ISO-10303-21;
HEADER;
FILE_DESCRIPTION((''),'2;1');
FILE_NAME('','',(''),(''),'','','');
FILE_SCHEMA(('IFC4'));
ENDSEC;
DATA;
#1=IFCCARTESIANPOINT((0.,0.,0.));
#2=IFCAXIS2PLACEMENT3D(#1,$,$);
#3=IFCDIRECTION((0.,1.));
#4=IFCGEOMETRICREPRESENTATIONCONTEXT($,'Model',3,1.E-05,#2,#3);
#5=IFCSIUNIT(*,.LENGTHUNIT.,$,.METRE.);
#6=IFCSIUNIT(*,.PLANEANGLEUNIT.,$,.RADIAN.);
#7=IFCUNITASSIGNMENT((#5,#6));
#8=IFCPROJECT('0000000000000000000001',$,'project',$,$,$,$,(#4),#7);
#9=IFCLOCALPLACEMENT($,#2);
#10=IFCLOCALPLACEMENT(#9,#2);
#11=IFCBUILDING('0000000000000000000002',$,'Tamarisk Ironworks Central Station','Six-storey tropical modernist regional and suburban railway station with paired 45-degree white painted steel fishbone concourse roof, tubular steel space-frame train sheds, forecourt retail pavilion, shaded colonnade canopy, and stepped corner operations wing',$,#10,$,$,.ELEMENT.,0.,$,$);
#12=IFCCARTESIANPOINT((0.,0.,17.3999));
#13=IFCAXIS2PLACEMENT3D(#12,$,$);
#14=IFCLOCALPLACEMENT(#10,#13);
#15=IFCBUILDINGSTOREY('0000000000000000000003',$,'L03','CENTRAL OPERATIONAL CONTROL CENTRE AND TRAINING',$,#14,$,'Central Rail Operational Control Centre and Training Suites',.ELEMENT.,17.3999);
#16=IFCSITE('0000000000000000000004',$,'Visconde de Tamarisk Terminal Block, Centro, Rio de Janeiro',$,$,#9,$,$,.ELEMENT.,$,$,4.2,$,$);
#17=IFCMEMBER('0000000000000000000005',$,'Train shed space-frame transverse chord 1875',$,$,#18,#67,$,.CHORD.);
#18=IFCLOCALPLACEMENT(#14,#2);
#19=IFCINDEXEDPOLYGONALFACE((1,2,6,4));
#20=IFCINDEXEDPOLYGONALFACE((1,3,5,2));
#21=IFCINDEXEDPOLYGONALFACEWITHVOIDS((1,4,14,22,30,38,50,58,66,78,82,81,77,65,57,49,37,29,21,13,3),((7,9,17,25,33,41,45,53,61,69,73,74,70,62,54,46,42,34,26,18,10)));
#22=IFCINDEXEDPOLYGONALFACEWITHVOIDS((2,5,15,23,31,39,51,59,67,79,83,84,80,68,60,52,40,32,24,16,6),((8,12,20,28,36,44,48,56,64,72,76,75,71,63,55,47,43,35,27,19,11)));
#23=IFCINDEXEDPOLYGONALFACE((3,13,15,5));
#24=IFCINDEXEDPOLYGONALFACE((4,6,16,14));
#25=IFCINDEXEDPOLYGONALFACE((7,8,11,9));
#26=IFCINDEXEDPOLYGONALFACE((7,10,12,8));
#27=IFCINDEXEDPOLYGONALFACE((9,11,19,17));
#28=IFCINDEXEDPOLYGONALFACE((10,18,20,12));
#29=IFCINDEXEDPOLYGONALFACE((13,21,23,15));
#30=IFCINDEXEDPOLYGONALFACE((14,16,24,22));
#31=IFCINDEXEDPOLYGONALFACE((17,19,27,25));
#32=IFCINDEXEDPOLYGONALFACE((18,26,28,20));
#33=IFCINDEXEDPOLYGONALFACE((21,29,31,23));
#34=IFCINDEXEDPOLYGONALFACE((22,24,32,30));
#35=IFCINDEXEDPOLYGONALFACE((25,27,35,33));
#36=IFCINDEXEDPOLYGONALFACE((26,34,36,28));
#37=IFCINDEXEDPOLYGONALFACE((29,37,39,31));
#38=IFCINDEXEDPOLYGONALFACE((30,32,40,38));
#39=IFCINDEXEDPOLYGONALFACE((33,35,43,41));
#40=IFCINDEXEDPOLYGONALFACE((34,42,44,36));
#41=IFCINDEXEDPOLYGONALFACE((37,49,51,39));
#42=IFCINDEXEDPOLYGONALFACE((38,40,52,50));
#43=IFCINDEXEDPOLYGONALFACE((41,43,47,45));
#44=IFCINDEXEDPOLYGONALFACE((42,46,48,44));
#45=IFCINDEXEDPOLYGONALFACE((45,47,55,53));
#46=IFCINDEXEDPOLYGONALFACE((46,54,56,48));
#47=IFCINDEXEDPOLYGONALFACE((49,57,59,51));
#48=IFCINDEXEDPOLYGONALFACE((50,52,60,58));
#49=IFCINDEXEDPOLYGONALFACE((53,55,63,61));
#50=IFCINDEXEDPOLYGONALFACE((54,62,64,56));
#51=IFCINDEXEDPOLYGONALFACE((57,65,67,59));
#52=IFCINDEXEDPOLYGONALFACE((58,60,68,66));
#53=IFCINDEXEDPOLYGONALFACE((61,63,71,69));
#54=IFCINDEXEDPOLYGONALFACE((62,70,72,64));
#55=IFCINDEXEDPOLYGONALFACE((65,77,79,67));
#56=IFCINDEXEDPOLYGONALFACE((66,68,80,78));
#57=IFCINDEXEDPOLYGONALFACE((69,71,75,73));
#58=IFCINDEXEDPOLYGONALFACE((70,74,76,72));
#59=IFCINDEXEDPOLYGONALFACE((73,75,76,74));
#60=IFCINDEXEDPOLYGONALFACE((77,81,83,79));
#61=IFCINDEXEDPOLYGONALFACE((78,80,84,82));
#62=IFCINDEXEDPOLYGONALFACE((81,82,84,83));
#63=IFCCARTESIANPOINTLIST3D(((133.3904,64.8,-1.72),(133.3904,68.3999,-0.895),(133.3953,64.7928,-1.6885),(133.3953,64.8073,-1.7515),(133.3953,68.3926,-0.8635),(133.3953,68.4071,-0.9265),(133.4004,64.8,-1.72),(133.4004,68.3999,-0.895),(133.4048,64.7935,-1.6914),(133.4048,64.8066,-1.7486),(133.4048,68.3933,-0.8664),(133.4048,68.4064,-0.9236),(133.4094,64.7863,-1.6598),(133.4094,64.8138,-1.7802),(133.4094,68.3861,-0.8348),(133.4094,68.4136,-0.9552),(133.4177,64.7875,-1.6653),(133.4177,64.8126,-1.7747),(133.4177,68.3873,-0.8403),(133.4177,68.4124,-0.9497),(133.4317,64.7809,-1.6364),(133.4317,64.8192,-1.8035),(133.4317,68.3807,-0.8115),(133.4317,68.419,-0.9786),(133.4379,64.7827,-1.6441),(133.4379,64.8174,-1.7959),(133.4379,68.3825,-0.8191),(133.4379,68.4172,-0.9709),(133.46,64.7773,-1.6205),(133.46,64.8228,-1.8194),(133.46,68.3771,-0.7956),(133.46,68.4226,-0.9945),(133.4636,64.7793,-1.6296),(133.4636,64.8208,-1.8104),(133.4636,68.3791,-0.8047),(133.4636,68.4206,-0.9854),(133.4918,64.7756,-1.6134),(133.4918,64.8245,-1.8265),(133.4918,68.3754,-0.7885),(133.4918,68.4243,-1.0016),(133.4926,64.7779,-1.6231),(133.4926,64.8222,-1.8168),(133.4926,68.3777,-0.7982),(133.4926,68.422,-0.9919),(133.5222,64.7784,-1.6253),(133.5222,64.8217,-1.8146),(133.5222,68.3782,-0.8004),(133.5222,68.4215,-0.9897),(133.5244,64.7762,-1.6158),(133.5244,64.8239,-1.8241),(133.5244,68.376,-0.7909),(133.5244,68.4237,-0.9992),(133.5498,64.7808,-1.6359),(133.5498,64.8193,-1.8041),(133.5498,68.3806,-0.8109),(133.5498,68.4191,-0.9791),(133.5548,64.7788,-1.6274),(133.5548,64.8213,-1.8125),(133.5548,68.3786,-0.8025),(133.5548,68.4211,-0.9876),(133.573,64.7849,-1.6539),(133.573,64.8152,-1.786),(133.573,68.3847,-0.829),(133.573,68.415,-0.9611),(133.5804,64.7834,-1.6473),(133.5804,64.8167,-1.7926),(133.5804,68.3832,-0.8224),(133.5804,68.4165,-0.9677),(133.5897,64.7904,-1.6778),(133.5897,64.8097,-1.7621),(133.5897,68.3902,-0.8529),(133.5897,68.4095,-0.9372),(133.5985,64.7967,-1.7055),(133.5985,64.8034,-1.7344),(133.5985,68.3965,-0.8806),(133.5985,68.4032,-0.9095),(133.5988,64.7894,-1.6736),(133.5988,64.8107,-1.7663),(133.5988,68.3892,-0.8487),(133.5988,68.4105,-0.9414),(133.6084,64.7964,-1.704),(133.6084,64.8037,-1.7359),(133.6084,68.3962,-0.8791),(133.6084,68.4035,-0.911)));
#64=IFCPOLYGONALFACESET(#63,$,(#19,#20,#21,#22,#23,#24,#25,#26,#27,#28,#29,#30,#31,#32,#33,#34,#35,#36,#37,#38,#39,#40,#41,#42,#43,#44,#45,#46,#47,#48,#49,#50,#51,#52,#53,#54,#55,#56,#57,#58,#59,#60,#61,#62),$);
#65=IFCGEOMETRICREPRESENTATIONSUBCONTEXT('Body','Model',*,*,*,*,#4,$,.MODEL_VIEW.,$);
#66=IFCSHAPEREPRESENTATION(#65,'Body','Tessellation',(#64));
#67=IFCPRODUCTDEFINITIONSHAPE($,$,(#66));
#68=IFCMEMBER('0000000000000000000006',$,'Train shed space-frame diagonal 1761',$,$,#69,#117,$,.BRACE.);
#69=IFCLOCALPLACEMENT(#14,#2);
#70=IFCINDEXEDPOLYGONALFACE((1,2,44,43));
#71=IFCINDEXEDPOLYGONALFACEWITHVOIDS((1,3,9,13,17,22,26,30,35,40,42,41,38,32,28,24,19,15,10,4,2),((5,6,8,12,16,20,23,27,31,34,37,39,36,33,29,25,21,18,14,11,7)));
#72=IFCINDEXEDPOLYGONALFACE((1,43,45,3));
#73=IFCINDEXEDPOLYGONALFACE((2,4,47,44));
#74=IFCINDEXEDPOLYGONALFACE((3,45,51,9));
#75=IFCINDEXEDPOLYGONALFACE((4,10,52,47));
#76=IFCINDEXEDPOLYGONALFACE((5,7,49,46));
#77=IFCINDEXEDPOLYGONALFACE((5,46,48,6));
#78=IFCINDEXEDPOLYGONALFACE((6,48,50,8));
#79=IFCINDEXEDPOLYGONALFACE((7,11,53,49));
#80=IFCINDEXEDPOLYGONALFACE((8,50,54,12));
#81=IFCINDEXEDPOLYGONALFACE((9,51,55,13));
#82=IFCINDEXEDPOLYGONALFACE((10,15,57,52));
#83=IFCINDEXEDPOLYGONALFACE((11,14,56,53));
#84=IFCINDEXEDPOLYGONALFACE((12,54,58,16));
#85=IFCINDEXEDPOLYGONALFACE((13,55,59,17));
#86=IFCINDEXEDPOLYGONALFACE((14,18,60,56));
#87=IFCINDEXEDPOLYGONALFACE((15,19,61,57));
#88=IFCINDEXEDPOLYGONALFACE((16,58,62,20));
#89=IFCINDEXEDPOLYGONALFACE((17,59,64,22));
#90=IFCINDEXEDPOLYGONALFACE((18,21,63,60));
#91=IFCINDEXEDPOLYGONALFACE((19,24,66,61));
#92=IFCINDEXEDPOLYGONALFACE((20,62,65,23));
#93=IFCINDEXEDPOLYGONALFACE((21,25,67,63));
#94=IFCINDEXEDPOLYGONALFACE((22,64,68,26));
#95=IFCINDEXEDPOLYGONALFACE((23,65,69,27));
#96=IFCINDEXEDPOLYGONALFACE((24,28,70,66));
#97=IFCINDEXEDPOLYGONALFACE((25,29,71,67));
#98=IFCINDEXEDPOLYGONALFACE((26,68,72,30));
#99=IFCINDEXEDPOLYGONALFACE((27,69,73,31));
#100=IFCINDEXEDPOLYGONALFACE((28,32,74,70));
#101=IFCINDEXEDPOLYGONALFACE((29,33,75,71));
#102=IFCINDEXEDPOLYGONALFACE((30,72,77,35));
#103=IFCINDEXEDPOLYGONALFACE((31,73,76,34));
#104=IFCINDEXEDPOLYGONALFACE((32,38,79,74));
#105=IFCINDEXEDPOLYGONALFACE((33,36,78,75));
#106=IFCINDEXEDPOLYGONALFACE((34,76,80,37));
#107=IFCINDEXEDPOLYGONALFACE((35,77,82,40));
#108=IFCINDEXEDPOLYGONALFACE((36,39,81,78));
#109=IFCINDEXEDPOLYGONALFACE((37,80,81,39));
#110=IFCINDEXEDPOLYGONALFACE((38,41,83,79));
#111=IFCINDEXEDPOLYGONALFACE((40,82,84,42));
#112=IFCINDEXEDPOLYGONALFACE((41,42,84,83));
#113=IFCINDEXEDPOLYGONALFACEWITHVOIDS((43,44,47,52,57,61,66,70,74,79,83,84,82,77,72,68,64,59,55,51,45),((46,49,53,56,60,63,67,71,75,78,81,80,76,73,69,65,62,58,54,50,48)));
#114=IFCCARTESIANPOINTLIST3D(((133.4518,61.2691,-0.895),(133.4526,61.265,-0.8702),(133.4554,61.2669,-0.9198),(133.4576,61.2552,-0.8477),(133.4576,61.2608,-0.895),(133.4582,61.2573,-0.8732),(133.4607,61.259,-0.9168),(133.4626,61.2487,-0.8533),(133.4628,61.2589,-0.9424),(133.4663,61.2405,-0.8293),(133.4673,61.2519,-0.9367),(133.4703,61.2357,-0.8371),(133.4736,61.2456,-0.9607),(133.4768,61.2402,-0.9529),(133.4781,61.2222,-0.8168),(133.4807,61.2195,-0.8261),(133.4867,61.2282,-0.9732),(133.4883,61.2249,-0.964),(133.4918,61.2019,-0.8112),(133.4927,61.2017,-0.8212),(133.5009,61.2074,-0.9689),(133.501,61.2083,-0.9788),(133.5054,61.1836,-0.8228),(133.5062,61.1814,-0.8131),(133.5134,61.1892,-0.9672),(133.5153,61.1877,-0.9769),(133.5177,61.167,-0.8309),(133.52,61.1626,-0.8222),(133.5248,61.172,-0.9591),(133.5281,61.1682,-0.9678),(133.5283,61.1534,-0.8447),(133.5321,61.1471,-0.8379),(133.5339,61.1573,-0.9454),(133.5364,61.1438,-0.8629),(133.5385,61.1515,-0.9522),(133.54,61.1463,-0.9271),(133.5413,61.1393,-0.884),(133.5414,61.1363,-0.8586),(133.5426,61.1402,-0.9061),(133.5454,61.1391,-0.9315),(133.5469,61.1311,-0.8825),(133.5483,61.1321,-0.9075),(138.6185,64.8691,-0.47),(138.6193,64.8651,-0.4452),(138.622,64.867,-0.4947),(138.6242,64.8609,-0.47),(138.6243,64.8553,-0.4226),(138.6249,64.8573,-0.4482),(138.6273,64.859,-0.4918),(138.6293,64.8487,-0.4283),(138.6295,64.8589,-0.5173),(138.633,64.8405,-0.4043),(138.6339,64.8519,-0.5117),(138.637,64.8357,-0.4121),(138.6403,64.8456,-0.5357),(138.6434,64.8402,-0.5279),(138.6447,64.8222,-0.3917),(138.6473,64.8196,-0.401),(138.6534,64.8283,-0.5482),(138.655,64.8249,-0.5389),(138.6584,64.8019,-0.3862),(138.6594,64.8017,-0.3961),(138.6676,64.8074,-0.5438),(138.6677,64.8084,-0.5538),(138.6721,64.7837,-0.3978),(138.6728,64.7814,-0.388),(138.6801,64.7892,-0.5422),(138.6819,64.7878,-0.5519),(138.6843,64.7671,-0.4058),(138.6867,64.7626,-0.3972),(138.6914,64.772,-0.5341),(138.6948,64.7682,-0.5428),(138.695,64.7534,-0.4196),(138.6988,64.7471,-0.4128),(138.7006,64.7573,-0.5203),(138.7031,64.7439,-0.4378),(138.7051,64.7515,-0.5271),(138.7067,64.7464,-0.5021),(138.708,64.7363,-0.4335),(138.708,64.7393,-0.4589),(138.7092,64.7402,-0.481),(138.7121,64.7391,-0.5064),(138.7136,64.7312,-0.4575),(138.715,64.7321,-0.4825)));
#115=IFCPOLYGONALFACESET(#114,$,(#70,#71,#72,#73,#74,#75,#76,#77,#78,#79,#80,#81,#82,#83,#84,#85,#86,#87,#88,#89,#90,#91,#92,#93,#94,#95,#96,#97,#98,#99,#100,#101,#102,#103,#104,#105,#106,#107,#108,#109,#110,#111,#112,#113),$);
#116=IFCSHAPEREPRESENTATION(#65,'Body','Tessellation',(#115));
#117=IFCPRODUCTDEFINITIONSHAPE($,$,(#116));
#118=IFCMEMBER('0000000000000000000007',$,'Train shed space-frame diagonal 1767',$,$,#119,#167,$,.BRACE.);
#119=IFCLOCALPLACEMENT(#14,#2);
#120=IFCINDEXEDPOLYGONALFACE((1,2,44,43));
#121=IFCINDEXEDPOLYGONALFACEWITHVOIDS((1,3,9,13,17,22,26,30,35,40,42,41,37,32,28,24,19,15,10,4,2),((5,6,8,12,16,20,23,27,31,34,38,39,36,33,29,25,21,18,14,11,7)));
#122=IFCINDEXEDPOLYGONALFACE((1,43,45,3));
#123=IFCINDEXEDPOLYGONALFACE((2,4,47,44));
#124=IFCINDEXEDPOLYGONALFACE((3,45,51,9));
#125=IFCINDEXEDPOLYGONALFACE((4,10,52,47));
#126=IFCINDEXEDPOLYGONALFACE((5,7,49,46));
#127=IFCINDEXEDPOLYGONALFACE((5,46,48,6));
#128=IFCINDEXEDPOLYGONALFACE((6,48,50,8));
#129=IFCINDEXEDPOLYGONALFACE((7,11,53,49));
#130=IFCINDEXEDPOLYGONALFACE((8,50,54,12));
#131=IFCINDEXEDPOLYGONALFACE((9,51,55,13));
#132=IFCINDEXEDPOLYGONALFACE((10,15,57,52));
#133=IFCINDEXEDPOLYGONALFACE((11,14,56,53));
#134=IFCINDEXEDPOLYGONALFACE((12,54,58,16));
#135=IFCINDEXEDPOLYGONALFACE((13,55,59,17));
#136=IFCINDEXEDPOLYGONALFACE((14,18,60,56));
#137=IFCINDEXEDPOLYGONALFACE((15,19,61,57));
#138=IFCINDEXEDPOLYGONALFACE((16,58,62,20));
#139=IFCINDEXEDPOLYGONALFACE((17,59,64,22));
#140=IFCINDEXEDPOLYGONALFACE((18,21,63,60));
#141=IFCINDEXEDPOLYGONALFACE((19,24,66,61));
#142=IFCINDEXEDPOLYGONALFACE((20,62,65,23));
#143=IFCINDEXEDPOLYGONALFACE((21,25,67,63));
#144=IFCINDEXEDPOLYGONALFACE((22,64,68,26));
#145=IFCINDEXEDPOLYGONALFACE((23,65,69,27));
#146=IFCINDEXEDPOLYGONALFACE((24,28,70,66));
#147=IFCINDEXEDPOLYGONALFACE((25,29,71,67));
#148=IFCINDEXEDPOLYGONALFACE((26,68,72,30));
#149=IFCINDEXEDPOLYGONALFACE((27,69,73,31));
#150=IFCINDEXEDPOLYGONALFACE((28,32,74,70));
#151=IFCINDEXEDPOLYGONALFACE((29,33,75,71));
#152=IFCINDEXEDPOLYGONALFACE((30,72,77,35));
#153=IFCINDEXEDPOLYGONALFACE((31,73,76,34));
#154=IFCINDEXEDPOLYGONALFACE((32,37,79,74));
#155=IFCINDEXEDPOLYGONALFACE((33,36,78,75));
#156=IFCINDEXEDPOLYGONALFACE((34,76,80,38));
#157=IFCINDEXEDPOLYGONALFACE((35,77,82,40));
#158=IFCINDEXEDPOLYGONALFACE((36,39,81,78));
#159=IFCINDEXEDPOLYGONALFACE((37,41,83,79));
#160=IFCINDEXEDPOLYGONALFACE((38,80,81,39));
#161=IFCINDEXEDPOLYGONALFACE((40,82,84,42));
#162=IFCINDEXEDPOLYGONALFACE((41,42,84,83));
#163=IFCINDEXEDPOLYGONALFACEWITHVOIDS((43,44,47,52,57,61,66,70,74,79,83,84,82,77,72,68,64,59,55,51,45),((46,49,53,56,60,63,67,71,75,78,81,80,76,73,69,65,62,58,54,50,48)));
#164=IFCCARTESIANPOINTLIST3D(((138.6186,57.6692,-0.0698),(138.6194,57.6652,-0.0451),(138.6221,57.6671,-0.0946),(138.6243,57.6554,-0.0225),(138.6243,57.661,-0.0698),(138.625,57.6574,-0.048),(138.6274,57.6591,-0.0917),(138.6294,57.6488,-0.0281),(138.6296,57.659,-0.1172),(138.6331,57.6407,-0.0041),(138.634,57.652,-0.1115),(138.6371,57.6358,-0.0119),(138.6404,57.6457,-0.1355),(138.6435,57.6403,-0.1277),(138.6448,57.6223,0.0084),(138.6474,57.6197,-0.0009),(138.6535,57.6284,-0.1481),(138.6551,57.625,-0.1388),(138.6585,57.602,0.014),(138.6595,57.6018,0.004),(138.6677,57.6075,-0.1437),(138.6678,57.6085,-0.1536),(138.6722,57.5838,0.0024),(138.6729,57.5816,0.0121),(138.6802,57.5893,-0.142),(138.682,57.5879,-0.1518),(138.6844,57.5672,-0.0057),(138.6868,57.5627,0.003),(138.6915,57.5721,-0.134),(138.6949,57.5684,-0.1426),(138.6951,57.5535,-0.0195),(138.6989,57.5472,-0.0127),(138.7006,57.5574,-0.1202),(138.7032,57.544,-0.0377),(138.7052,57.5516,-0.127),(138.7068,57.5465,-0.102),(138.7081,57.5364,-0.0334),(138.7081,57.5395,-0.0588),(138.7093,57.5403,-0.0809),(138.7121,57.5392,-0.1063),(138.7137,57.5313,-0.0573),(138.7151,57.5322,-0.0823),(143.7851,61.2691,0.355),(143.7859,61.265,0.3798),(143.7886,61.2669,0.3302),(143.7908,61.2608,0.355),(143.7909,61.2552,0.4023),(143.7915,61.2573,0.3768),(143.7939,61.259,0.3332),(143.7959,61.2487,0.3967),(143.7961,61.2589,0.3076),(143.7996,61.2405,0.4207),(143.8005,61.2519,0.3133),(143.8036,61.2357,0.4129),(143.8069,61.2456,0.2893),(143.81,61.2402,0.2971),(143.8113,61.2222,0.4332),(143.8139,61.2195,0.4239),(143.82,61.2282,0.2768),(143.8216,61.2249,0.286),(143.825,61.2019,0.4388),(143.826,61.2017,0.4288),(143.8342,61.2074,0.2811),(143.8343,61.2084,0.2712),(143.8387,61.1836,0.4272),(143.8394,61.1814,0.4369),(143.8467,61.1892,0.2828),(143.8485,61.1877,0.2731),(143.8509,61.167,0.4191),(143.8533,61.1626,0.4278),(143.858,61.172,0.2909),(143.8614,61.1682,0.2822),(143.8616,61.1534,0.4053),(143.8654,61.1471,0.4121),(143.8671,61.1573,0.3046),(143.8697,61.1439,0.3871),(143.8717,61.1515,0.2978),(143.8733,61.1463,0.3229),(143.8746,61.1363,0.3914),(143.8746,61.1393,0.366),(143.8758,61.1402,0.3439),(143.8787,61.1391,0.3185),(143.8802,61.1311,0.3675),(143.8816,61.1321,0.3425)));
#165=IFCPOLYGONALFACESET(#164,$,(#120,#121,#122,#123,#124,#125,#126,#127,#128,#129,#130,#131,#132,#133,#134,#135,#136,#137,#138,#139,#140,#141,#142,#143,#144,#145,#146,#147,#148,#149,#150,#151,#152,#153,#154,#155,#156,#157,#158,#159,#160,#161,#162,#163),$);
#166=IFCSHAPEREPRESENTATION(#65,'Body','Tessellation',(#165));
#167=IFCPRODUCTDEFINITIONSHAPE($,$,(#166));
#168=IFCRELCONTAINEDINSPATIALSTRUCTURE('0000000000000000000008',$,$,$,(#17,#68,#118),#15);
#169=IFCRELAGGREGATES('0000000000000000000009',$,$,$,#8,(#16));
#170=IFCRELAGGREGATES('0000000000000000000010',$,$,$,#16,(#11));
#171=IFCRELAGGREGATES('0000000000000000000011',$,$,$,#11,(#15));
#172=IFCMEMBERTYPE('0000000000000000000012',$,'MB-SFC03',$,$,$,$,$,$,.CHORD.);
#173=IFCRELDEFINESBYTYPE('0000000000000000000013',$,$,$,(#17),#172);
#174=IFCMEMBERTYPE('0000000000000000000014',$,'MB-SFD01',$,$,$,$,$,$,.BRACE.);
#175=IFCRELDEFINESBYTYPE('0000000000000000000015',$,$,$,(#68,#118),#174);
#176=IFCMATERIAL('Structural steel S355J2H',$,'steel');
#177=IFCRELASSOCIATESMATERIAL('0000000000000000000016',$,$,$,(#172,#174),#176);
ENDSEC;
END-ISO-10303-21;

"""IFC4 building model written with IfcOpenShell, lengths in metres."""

from ifc_helpers import new_model, si_unit, direction, frame, origin, origin_2d, place, context, subcontext, project, spatial, hollow_circle, extrude, material, material_profile, profile_set, type_object, element, save


model = new_model("IFC4")

# Units and contexts
model_context = context("Model", 3, precision=1e-05, world=origin(), true_north=direction((0.0, 1.0)))
body_context = subcontext(model_context, "Body", "Model", "MODEL_VIEW")
ifc_project = project(units=[si_unit("LENGTHUNIT", "METRE"), si_unit("PLANEANGLEUNIT", "RADIAN")], contexts=[model_context])

# Site, building, storey
site_placement = place(None, origin())
site = spatial("IfcSite", under=ifc_project, at=site_placement, Name="Visconde de Tamarisk Terminal Block, Centro, Rio de Janeiro", CompositionType="ELEMENT", RefElevation=4.2)
building_placement = place(site_placement, origin())
building = spatial("IfcBuilding", under=site, at=building_placement, Name="Tamarisk Ironworks Central Station", Description="Six-storey tropical modernist regional and suburban railway station with paired 45-degree white painted steel fishbone concourse roof, tubular steel space-frame train sheds, forecourt retail pavilion, shaded colonnade canopy, and stepped corner operations wing", CompositionType="ELEMENT", ElevationOfRefHeight=0.0)
storey_placement = place(building_placement, frame((0.0, 0.0, 17.3999)))
storey = spatial("IfcBuildingStorey", under=building, at=storey_placement, Name="L03", Description="CENTRAL OPERATIONAL CONTROL CENTRE AND TRAINING", LongName="Central Rail Operational Control Centre and Training Suites", CompositionType="ELEMENT", Elevation=17.3999)

# Members
ifc_material = material(Name="Structural steel S355J2H", Category="steel")
ifc_material_profile_1 = material_profile(ifc_material, hollow_circle(Radius=0.1096, WallThickness=0.01, at=origin_2d()), Name="CHS 219.1x10")
ifc_profile_set_1 = profile_set([ifc_material_profile_1], Name="Structural steel S355J2H")
member_type_1 = type_object("IfcMemberType", Name="MB-SFC03", PredefinedType="CHORD", material=ifc_profile_set_1)
member_1_placement = place(storey_placement, frame((133.5, 64.8, -1.72), z_axis=(0.0, 0.974733, 0.223372), x_axis=(-1.0, 0.0, 0.0)))
element("IfcMember", 1, at=member_1_placement, inside=storey, type_object=member_type_1, Name="Train shed space-frame transverse chord 1875", PredefinedType="CHORD", context=body_context, shape_type="SweptSolid", body=[
    extrude(hollow_circle(Radius=0.1096, WallThickness=0.01, at=origin_2d()), origin(), (0.0, 0.0, 1.0), 3.6931),
])
ifc_material_profile_2 = material_profile(ifc_material, hollow_circle(Radius=0.0842, WallThickness=0.01, at=origin_2d()), Name="CHS 168.3x10")
ifc_profile_set_2 = profile_set([ifc_material_profile_2], Name="Structural steel S355J2H")
member_type_2 = type_object("IfcMemberType", Name="MB-SFD01", PredefinedType="BRACE", material=ifc_profile_set_2)
member_2_placement = place(storey_placement, frame((133.5, 61.2, -0.895), z_axis=(0.818608, 0.570391, 0.067344), x_axis=(-0.571689, 0.82047, 0.0)))
element("IfcMember", 2, at=member_2_placement, inside=storey, type_object=member_type_2, Name="Train shed space-frame diagonal 1761", PredefinedType="BRACE", context=body_context, shape_type="SweptSolid", body=[
    extrude(hollow_circle(Radius=0.0842, WallThickness=0.01, at=origin_2d()), origin(), (0.0, 0.0, 1.0), 6.3115),
])
member_3_placement = place(storey_placement, frame((138.6667, 57.6001, -0.0698), z_axis=(0.818615, 0.570385, 0.067309), x_axis=(-0.571681, 0.820476, 0.0)))
element("IfcMember", 3, at=member_3_placement, inside=storey, type_object=member_type_2, Name="Train shed space-frame diagonal 1767", PredefinedType="BRACE", context=body_context, shape_type="SweptSolid", body=[
    extrude(hollow_circle(Radius=0.0842, WallThickness=0.01, at=origin_2d()), origin(), (0.0, 0.0, 1.0), 6.3113),
])

save(model, "model.ifc")
